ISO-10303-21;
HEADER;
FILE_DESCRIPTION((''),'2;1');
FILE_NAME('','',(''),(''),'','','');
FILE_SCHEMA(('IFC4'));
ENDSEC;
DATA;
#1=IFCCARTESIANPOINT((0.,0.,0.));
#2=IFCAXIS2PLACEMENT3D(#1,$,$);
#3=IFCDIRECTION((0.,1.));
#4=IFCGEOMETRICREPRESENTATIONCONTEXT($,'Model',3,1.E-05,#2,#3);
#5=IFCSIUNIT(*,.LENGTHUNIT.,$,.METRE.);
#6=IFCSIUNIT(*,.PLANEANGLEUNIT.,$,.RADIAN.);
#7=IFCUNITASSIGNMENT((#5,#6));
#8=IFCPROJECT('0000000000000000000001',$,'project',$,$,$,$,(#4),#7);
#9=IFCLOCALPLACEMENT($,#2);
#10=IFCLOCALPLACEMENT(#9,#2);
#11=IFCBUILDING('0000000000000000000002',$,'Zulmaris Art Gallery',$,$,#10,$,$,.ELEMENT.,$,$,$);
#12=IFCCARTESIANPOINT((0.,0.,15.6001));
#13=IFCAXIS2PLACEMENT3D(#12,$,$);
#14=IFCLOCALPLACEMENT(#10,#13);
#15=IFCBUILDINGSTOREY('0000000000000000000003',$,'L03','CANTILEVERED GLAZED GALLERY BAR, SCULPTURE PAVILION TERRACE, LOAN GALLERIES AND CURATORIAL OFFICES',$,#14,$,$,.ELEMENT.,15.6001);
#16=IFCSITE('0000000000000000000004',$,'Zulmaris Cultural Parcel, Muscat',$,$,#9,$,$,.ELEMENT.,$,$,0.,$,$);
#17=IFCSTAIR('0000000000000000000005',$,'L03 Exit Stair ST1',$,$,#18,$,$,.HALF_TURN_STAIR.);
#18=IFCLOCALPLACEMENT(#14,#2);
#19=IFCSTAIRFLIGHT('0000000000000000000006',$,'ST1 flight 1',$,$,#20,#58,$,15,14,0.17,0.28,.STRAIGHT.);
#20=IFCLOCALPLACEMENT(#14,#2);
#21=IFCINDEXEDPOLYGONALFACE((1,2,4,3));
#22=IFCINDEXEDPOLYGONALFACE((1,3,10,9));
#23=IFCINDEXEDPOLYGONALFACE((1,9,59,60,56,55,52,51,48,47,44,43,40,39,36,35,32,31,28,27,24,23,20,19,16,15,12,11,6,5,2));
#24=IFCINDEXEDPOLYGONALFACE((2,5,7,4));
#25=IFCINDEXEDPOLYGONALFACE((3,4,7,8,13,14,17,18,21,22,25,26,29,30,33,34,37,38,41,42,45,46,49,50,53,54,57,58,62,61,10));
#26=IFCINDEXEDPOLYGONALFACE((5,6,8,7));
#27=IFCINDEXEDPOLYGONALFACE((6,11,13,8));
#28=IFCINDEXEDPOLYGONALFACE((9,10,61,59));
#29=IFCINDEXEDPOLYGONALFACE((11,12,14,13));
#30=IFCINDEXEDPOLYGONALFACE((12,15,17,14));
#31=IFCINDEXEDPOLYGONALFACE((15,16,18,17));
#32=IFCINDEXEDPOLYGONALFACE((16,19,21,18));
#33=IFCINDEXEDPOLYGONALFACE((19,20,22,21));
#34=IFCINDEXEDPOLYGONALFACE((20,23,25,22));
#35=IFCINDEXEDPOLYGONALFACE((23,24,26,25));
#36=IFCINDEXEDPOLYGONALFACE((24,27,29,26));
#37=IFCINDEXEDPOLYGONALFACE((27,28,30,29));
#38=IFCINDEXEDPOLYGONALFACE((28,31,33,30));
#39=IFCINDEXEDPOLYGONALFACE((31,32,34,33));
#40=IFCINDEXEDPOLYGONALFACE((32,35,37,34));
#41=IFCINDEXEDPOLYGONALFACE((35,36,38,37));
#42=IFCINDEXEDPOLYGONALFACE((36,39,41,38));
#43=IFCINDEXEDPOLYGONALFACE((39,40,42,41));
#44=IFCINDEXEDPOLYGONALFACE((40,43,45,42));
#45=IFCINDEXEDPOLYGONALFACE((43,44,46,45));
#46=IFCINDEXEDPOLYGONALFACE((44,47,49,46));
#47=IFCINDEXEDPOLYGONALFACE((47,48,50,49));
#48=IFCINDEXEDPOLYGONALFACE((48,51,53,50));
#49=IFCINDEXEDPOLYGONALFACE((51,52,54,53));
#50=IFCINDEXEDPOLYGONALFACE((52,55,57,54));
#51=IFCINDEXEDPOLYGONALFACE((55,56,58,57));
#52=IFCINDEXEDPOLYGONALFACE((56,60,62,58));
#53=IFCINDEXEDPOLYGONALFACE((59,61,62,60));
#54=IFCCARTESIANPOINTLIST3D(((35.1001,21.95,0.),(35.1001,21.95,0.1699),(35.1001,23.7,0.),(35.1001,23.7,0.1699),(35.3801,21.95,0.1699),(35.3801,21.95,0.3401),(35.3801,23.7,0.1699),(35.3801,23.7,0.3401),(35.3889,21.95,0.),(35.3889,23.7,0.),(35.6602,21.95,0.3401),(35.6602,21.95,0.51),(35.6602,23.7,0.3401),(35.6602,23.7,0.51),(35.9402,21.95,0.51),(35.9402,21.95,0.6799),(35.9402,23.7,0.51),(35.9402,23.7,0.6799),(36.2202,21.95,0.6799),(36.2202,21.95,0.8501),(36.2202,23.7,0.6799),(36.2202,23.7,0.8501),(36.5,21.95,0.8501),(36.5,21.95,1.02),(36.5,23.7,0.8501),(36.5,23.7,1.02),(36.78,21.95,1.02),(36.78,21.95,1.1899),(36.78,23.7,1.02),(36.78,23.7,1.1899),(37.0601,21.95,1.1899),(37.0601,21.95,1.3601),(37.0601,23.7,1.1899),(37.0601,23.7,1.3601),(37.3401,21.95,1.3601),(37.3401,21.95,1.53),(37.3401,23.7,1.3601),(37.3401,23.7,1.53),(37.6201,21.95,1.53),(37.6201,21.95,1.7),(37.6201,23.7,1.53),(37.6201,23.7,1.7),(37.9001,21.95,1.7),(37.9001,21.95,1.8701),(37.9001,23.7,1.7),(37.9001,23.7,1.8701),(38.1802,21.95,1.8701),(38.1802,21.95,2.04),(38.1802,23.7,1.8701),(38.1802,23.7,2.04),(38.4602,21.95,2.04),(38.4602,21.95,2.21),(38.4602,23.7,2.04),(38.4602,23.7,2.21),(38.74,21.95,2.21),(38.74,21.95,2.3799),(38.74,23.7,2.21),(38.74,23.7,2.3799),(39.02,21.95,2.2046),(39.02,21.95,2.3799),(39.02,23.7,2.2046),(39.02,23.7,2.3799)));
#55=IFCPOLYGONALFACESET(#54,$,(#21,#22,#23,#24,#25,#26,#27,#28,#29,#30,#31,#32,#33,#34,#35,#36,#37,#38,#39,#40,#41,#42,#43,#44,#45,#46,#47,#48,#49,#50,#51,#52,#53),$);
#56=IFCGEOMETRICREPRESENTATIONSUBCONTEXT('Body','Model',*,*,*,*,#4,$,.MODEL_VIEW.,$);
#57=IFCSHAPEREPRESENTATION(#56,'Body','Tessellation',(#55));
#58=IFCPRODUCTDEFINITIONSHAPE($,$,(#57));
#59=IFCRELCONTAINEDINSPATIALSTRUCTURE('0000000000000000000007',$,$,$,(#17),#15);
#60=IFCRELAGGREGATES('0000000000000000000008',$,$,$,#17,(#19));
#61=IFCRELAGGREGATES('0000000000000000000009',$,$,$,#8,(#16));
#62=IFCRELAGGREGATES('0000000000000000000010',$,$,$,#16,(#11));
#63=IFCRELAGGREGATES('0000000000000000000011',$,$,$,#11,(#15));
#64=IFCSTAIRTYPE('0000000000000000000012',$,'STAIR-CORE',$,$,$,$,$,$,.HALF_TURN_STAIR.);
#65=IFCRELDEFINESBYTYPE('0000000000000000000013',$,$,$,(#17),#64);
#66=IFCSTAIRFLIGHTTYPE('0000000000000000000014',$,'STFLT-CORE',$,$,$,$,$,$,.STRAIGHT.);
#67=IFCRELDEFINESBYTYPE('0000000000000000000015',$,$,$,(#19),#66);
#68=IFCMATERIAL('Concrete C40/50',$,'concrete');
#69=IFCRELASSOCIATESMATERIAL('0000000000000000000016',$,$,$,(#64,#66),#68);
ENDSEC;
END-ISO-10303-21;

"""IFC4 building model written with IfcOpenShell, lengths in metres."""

from ifc_helpers import new_model, si_unit, direction, frame, origin, place, context, subcontext, project, spatial, polyline, outline, extrude, material, type_object, element, aggregate, save


model = new_model("IFC4")

# Units and contexts
model_context = context("Model", 3, precision=1e-05, world=origin(), true_north=direction((0.0, 1.0)))
body_context = subcontext(model_context, "Body", "Model", "MODEL_VIEW")
ifc_project = project(units=[si_unit("LENGTHUNIT", "METRE"), si_unit("PLANEANGLEUNIT", "RADIAN")], contexts=[model_context])

# Site, building, storey
site_placement = place(None, origin())
site = spatial("IfcSite", under=ifc_project, at=site_placement, Name="Zulmaris Cultural Parcel, Muscat", CompositionType="ELEMENT", RefElevation=0.0)
building_placement = place(site_placement, origin())
building = spatial("IfcBuilding", under=site, at=building_placement, Name="Zulmaris Art Gallery", CompositionType="ELEMENT")
storey_placement = place(building_placement, frame((0.0, 0.0, 15.6001)))
storey = spatial("IfcBuildingStorey", under=building, at=storey_placement, Name="L03", Description="CANTILEVERED GLAZED GALLERY BAR, SCULPTURE PAVILION TERRACE, LOAN GALLERIES AND CURATORIAL OFFICES", CompositionType="ELEMENT", Elevation=15.6001)

# Shared definitions
ifc_material_1 = material(Name="Concrete C40/50", Category="concrete")

# Stair, stair flight
stair_type = type_object("IfcStairType", Name="STAIR-CORE", PredefinedType="HALF_TURN_STAIR", material=ifc_material_1)
stair_placement = place(storey_placement, origin())
stair = element("IfcStair", 1, at=stair_placement, inside=storey, type_object=stair_type, Name="L03 Exit Stair ST1", PredefinedType="HALF_TURN_STAIR")
stair_flight_type = type_object("IfcStairFlightType", Name="STFLT-CORE", PredefinedType="STRAIGHT", material=ifc_material_1)
stair_flight_placement = place(storey_placement, frame((35.1001, 22.825, 0.0), z_axis=(0.0, 0.0, 1.0), x_axis=(1.0, 0.0, 0.0)))
stair_flight = element("IfcStairFlight", 2, at=stair_flight_placement, type_object=stair_flight_type, Name="ST1 flight 1", NumberOfRisers=15, NumberOfTreads=14, PredefinedType="STRAIGHT", RiserHeight=0.17, TreadLength=0.28, context=body_context, shape_type="SweptSolid", body=[
    extrude(outline(polyline([(0.0, 0.0), (0.0, 0.1699), (0.28, 0.1699), (0.28, 0.3401), (0.5601, 0.3401), (0.5601, 0.51), (0.8401, 0.51), (0.8401, 0.6799), (1.1201, 0.6799), (1.1201, 0.8501), (1.3999, 0.8501), (1.3999, 1.02), (1.6799, 1.02), (1.6799, 1.1899), (1.96, 1.1899), (1.96, 1.3601), (2.24, 1.3601), (2.24, 1.53), (2.52, 1.53), (2.52, 1.7), (2.8, 1.7), (2.8, 1.8701), (3.0801, 1.8701), (3.0801, 2.04), (3.3601, 2.04), (3.3601, 2.21), (3.6399, 2.21), (3.6399, 2.3799), (3.9199, 2.3799), (3.9199, 2.55), (3.9199, 2.2046), (0.2888, 0.0), (0.0, 0.0)])), frame((0.0, 0.875, 0.0), z_axis=(0.0, -1.0, 0.0), x_axis=(1.0, 0.0, 0.0)), (0.0, 0.0, 1.0), 1.75),
])
aggregate(stair, [stair_flight])

save(model, "model.ifc")
